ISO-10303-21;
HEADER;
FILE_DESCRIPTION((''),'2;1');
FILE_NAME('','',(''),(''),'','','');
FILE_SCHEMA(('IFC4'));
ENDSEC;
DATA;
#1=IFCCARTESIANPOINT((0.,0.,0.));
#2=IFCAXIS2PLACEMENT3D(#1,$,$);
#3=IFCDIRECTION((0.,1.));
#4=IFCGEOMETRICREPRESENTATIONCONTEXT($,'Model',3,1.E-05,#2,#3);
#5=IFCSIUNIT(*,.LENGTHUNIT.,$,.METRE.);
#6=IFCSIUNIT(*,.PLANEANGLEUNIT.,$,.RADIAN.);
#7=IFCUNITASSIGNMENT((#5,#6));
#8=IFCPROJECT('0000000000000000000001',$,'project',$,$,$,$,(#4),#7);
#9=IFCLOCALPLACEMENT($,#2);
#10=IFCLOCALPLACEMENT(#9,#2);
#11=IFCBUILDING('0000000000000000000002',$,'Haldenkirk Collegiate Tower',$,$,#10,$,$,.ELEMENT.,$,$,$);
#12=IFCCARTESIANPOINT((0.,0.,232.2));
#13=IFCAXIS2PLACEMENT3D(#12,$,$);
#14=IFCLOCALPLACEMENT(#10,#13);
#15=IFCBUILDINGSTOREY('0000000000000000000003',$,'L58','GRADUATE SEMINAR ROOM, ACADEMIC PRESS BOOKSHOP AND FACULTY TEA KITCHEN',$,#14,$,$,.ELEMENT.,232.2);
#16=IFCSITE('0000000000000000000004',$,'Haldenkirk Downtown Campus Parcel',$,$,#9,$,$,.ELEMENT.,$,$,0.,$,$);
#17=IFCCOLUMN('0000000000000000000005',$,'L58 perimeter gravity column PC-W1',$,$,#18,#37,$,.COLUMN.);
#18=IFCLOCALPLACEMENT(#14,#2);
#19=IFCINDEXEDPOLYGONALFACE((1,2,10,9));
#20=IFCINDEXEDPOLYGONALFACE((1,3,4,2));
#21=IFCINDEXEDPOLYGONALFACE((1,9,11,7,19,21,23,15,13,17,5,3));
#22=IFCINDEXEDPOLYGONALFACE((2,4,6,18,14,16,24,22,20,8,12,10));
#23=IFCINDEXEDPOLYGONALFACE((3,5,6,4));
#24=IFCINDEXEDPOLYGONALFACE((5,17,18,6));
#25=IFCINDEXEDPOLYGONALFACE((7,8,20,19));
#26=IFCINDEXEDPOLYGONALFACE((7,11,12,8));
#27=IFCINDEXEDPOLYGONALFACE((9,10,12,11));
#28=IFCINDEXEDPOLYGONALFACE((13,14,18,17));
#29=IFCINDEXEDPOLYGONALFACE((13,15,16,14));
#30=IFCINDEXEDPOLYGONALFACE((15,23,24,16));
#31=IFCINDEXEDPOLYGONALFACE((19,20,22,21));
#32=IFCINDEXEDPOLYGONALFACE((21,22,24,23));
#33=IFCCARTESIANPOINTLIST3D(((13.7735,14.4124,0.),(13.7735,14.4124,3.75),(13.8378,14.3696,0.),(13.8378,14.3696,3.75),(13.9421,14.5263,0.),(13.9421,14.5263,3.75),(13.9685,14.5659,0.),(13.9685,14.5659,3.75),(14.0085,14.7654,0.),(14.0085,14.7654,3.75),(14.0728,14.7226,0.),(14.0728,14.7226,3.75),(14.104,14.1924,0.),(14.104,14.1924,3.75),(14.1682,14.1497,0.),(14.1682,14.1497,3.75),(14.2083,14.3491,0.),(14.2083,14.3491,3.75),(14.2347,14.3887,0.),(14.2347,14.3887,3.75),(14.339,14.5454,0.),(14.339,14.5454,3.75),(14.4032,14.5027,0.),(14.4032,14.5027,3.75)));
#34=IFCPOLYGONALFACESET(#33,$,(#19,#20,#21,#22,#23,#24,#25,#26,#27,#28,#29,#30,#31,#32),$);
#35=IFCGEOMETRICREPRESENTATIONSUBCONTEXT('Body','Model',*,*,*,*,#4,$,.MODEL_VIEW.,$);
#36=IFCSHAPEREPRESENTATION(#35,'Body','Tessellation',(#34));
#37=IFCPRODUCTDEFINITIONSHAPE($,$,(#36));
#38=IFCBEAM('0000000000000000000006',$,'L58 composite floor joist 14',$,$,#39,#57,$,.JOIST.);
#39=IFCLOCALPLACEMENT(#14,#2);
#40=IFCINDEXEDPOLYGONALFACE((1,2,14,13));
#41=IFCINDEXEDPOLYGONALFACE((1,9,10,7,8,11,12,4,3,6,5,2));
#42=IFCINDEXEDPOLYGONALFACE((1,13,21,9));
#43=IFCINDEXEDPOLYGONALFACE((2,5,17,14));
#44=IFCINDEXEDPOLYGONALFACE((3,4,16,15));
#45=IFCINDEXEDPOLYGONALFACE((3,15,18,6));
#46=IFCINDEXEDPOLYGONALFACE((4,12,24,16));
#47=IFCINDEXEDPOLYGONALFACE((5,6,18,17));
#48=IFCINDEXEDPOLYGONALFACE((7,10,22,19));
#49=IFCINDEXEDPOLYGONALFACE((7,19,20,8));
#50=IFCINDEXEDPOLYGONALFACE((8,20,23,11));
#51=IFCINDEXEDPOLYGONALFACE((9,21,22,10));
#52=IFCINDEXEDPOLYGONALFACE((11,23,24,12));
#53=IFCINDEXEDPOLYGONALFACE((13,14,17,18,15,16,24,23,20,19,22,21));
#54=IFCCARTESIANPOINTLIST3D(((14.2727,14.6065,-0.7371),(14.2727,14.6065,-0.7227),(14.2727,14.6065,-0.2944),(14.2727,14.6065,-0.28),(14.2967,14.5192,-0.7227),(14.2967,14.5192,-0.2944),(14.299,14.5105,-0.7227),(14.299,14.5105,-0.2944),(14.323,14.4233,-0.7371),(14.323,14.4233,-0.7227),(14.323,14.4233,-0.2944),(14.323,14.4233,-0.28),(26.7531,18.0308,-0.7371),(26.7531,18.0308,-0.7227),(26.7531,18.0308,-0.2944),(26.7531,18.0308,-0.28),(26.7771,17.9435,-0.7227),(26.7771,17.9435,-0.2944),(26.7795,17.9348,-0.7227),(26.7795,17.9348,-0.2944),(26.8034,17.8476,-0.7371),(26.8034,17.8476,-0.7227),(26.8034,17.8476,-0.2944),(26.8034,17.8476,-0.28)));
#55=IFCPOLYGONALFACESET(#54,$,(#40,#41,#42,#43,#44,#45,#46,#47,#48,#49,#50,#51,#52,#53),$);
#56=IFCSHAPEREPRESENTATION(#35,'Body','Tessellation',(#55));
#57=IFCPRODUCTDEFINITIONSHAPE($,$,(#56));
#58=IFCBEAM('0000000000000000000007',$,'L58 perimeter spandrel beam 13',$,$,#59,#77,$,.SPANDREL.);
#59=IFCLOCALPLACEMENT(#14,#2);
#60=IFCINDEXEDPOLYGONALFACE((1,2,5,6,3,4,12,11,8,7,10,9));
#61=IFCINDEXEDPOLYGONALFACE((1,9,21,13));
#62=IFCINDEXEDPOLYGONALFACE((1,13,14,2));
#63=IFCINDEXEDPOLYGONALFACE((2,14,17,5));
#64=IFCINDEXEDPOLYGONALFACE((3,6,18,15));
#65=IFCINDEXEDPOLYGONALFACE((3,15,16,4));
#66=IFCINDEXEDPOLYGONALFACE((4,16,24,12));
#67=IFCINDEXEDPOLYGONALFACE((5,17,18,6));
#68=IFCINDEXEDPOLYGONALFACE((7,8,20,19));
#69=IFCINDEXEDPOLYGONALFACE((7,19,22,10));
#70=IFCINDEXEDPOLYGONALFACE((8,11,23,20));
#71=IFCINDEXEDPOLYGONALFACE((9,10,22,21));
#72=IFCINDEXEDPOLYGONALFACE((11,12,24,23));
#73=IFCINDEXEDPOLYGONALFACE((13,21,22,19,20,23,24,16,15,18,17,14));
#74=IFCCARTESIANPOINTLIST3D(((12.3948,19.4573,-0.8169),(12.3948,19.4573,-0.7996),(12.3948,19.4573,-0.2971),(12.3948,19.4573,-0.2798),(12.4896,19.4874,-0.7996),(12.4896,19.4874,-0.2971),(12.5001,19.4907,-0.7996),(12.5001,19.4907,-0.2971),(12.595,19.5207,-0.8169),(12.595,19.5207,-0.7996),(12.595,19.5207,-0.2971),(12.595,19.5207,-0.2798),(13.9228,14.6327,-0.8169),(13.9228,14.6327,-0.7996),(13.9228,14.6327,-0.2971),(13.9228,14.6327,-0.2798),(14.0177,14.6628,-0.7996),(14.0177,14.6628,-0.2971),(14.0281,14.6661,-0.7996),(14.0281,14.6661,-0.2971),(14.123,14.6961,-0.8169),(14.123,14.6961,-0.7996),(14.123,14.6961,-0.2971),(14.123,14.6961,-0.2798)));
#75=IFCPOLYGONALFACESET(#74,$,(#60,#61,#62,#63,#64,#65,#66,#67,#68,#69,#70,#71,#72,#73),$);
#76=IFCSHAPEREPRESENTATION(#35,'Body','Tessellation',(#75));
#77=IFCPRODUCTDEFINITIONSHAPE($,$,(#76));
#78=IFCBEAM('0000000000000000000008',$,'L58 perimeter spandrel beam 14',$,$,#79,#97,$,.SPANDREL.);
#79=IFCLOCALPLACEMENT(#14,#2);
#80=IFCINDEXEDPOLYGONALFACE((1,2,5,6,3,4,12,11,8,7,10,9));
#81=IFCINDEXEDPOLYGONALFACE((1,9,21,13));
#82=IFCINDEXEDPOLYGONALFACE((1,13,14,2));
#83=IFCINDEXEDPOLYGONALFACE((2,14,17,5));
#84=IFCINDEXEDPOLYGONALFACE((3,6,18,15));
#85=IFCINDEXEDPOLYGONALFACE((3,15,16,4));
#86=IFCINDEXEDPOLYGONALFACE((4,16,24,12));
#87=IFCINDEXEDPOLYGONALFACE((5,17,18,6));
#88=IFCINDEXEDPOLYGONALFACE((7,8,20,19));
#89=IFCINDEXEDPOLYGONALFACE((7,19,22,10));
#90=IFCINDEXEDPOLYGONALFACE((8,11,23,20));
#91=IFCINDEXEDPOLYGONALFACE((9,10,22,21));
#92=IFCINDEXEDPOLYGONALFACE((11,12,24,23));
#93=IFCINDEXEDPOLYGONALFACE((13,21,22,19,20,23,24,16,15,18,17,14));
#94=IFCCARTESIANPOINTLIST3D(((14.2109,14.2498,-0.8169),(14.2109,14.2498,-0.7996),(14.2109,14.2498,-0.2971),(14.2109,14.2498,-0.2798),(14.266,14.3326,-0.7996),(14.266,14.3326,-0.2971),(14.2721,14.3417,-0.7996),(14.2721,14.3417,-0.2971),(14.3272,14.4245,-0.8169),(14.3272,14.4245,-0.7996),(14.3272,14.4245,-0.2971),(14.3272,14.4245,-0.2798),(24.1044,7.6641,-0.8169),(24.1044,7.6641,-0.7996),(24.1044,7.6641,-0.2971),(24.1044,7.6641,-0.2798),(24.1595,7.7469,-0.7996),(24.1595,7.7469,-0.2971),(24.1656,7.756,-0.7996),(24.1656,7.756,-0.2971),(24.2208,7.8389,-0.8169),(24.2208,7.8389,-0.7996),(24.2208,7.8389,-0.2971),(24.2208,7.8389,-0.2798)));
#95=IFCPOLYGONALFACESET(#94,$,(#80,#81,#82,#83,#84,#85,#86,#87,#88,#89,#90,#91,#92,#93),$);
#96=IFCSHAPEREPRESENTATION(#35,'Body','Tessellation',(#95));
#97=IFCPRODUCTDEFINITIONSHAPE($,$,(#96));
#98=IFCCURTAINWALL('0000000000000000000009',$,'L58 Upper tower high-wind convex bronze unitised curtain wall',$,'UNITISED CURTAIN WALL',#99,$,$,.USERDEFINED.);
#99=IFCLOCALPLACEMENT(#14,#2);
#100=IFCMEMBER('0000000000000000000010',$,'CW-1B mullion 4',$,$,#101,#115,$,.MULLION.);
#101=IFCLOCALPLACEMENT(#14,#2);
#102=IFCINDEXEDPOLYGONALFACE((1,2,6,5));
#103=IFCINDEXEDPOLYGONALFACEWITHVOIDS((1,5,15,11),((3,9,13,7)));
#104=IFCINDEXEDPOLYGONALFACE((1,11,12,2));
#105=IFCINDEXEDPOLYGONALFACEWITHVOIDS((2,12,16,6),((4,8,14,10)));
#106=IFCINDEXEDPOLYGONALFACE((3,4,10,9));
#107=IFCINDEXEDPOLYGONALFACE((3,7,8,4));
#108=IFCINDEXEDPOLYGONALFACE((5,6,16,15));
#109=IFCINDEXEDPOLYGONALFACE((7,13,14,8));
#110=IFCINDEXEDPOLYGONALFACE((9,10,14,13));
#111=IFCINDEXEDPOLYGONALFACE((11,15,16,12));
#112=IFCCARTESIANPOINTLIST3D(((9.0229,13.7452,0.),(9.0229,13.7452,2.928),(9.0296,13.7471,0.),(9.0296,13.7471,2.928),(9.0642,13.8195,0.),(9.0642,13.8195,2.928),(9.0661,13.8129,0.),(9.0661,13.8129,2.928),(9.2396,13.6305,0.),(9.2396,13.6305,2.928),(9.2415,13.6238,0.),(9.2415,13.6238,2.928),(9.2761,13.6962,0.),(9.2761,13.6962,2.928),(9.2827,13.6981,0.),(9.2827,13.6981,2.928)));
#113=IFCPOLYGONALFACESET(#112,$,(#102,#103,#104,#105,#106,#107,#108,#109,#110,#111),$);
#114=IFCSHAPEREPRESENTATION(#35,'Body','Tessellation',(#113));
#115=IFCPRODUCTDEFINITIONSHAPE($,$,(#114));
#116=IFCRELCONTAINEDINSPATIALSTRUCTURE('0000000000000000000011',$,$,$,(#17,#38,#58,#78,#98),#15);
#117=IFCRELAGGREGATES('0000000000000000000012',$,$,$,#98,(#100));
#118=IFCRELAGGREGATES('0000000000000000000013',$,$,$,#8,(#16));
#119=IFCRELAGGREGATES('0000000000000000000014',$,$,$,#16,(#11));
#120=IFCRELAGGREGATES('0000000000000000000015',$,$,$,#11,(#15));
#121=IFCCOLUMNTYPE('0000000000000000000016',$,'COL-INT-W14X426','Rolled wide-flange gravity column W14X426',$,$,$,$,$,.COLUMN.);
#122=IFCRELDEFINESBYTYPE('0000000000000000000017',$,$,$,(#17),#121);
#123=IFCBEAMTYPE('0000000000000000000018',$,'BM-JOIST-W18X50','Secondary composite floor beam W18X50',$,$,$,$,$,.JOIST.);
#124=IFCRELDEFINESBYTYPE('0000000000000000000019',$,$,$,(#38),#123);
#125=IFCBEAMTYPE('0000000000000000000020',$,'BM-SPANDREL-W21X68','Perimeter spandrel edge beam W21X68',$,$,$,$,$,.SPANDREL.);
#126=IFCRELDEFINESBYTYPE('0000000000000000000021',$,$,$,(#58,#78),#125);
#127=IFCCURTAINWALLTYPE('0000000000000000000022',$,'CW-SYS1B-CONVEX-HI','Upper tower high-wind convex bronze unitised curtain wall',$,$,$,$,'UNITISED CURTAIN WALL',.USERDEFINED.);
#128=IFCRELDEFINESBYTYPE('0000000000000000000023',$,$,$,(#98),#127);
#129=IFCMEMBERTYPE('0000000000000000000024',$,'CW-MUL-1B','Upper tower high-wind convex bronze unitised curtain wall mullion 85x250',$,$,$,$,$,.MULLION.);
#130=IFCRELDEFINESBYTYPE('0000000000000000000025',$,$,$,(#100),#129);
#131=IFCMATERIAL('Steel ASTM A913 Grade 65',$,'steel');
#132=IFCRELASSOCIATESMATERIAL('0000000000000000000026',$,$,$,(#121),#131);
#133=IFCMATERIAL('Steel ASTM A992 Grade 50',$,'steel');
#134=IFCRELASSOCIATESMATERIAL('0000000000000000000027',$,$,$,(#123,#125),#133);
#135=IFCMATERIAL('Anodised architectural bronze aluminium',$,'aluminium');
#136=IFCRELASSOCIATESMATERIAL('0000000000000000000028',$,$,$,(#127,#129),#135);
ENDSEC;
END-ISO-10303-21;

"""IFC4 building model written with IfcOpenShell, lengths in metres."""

from ifc_helpers import new_model, si_unit, direction, frame, origin, origin_2d, place, context, subcontext, project, spatial, hollow_rectangle, i_section, extrude, material, material_profile, profile_set, type_object, element, aggregate, save


model = new_model("IFC4")

# Units and contexts
model_context = context("Model", 3, precision=1e-05, world=origin(), true_north=direction((0.0, 1.0)))
body_context = subcontext(model_context, "Body", "Model", "MODEL_VIEW")
ifc_project = project(units=[si_unit("LENGTHUNIT", "METRE"), si_unit("PLANEANGLEUNIT", "RADIAN")], contexts=[model_context])

# Site, building, storey
site_placement = place(None, origin())
site = spatial("IfcSite", under=ifc_project, at=site_placement, Name="Haldenkirk Downtown Campus Parcel", CompositionType="ELEMENT", RefElevation=0.0)
building_placement = place(site_placement, origin())
building = spatial("IfcBuilding", under=site, at=building_placement, Name="Haldenkirk Collegiate Tower", CompositionType="ELEMENT")
storey_placement = place(building_placement, frame((0.0, 0.0, 232.2)))
storey = spatial("IfcBuildingStorey", under=building, at=storey_placement, Name="L58", Description="GRADUATE SEMINAR ROOM, ACADEMIC PRESS BOOKSHOP AND FACULTY TEA KITCHEN", CompositionType="ELEMENT", Elevation=232.2)

# Column
ifc_material_1 = material(Name="Steel ASTM A913 Grade 65", Category="steel")
ifc_material_profile_1 = material_profile(ifc_material_1, i_section(OverallWidth=0.4241, OverallDepth=0.4741, WebThickness=0.0476, FlangeThickness=0.0771, at=origin_2d()), Name="W14X426")
ifc_profile_set_1 = profile_set([ifc_material_profile_1], Name="Steel ASTM A913 Grade 65")
column_type = type_object("IfcColumnType", Name="COL-INT-W14X426", Description="Rolled wide-flange gravity column W14X426", PredefinedType="COLUMN", material=ifc_profile_set_1)
column_placement = place(storey_placement, frame((14.0884, 14.4575, 0.0), z_axis=(0.0, 0.0, 1.0), x_axis=(0.554118, 0.832438, 0.0)))
element("IfcColumn", 1, at=column_placement, inside=storey, type_object=column_type, Name="L58 perimeter gravity column PC-W1", PredefinedType="COLUMN", context=body_context, shape_type="SweptSolid", body=[
    extrude(i_section(OverallWidth=0.4241, OverallDepth=0.4741, WebThickness=0.0476, FlangeThickness=0.0771, at=origin_2d()), origin(), (0.0, 0.0, 1.0), 3.75),
])

# Beams
ifc_material_2 = material(Name="Steel ASTM A992 Grade 50", Category="steel")
ifc_material_profile_2 = material_profile(ifc_material_2, i_section(OverallWidth=0.1899, OverallDepth=0.457, WebThickness=0.009, FlangeThickness=0.0144, at=origin_2d()), Name="W18X50")
ifc_profile_set_2 = profile_set([ifc_material_profile_2], Name="Steel ASTM A992 Grade 50")
beam_type_1 = type_object("IfcBeamType", Name="BM-JOIST-W18X50", Description="Secondary composite floor beam W18X50", PredefinedType="JOIST", material=ifc_profile_set_2)
beam_1_placement = place(storey_placement, frame((14.2979, 14.5149, -0.5085), z_axis=(0.96436, 0.264595, 0.0), x_axis=(-0.264595, 0.96436, 0.0)))
element("IfcBeam", 2, at=beam_1_placement, inside=storey, type_object=beam_type_1, Name="L58 composite floor joist 14", PredefinedType="JOIST", context=body_context, shape_type="SweptSolid", body=[
    extrude(i_section(OverallWidth=0.1899, OverallDepth=0.457, WebThickness=0.009, FlangeThickness=0.0144, at=origin_2d()), origin(), (0.0, 0.0, 1.0), 12.9417),
])
ifc_material_profile_3 = material_profile(ifc_material_2, i_section(OverallWidth=0.21, OverallDepth=0.5371, WebThickness=0.011, FlangeThickness=0.0173, at=origin_2d()), Name="W21X68")
ifc_profile_set_3 = profile_set([ifc_material_profile_3], Name="Steel ASTM A992 Grade 50")
beam_type_2 = type_object("IfcBeamType", Name="BM-SPANDREL-W21X68", Description="Perimeter spandrel edge beam W21X68", PredefinedType="SPANDREL", material=ifc_profile_set_3)
beam_2_placement = place(storey_placement, frame((12.4949, 19.489, -0.5483), z_axis=(0.301937, -0.953328, 0.0), x_axis=(0.953328, 0.301937, 0.0)))
element("IfcBeam", 3, at=beam_2_placement, inside=storey, type_object=beam_type_2, Name="L58 perimeter spandrel beam 13", PredefinedType="SPANDREL", context=body_context, shape_type="SweptSolid", body=[
    extrude(i_section(OverallWidth=0.21, OverallDepth=0.5371, WebThickness=0.011, FlangeThickness=0.0173, at=origin_2d()), origin(), (0.0, 0.0, 1.0), 5.0608),
])
beam_3_placement = place(storey_placement, frame((14.269, 14.3372, -0.5483), z_axis=(0.832439, -0.554117, 0.0), x_axis=(0.554117, 0.832439, 0.0)))
element("IfcBeam", 4, at=beam_3_placement, inside=storey, type_object=beam_type_2, Name="L58 perimeter spandrel beam 14", PredefinedType="SPANDREL", context=body_context, shape_type="SweptSolid", body=[
    extrude(i_section(OverallWidth=0.21, OverallDepth=0.5371, WebThickness=0.011, FlangeThickness=0.0173, at=origin_2d()), origin(), (0.0, 0.0, 1.0), 11.885),
])

# Curtain wall, member
ifc_material_3 = material(Name="Anodised architectural bronze aluminium", Category="aluminium")
curtain_wall_type = type_object("IfcCurtainWallType", Name="CW-SYS1B-CONVEX-HI", Description="Upper tower high-wind convex bronze unitised curtain wall", ElementType="UNITISED CURTAIN WALL", PredefinedType="USERDEFINED", material=ifc_material_3)
curtain_wall_placement = place(storey_placement, origin())
curtain_wall = element("IfcCurtainWall", 5, at=curtain_wall_placement, inside=storey, type_object=curtain_wall_type, Name="L58 Upper tower high-wind convex bronze unitised curtain wall", ObjectType="UNITISED CURTAIN WALL", PredefinedType="USERDEFINED")
ifc_material_profile_4 = material_profile(ifc_material_3, hollow_rectangle(XDim=0.085, YDim=0.25, WallThickness=0.0049, at=origin_2d()), Name="CW-MUL-1B")
ifc_profile_set_4 = profile_set([ifc_material_profile_4], Name="Anodised architectural bronze aluminium")
member_type = type_object("IfcMemberType", Name="CW-MUL-1B", Description="Upper tower high-wind convex bronze unitised curtain wall mullion 85x250", PredefinedType="MULLION", material=ifc_profile_set_4)
member_placement = place(storey_placement, frame((9.1528, 13.7217, 0.0), z_axis=(0.0, 0.0, 1.0), x_axis=(-0.485574, -0.874195, 0.0)))
member = element("IfcMember", 6, at=member_placement, type_object=member_type, Name="CW-1B mullion 4", PredefinedType="MULLION", context=body_context, shape_type="SweptSolid", body=[
    extrude(hollow_rectangle(XDim=0.085, YDim=0.25, WallThickness=0.0049, at=origin_2d()), origin(), (0.0, 0.0, 1.0), 2.928),
])
aggregate(curtain_wall, [member])

save(model, "model.ifc")
